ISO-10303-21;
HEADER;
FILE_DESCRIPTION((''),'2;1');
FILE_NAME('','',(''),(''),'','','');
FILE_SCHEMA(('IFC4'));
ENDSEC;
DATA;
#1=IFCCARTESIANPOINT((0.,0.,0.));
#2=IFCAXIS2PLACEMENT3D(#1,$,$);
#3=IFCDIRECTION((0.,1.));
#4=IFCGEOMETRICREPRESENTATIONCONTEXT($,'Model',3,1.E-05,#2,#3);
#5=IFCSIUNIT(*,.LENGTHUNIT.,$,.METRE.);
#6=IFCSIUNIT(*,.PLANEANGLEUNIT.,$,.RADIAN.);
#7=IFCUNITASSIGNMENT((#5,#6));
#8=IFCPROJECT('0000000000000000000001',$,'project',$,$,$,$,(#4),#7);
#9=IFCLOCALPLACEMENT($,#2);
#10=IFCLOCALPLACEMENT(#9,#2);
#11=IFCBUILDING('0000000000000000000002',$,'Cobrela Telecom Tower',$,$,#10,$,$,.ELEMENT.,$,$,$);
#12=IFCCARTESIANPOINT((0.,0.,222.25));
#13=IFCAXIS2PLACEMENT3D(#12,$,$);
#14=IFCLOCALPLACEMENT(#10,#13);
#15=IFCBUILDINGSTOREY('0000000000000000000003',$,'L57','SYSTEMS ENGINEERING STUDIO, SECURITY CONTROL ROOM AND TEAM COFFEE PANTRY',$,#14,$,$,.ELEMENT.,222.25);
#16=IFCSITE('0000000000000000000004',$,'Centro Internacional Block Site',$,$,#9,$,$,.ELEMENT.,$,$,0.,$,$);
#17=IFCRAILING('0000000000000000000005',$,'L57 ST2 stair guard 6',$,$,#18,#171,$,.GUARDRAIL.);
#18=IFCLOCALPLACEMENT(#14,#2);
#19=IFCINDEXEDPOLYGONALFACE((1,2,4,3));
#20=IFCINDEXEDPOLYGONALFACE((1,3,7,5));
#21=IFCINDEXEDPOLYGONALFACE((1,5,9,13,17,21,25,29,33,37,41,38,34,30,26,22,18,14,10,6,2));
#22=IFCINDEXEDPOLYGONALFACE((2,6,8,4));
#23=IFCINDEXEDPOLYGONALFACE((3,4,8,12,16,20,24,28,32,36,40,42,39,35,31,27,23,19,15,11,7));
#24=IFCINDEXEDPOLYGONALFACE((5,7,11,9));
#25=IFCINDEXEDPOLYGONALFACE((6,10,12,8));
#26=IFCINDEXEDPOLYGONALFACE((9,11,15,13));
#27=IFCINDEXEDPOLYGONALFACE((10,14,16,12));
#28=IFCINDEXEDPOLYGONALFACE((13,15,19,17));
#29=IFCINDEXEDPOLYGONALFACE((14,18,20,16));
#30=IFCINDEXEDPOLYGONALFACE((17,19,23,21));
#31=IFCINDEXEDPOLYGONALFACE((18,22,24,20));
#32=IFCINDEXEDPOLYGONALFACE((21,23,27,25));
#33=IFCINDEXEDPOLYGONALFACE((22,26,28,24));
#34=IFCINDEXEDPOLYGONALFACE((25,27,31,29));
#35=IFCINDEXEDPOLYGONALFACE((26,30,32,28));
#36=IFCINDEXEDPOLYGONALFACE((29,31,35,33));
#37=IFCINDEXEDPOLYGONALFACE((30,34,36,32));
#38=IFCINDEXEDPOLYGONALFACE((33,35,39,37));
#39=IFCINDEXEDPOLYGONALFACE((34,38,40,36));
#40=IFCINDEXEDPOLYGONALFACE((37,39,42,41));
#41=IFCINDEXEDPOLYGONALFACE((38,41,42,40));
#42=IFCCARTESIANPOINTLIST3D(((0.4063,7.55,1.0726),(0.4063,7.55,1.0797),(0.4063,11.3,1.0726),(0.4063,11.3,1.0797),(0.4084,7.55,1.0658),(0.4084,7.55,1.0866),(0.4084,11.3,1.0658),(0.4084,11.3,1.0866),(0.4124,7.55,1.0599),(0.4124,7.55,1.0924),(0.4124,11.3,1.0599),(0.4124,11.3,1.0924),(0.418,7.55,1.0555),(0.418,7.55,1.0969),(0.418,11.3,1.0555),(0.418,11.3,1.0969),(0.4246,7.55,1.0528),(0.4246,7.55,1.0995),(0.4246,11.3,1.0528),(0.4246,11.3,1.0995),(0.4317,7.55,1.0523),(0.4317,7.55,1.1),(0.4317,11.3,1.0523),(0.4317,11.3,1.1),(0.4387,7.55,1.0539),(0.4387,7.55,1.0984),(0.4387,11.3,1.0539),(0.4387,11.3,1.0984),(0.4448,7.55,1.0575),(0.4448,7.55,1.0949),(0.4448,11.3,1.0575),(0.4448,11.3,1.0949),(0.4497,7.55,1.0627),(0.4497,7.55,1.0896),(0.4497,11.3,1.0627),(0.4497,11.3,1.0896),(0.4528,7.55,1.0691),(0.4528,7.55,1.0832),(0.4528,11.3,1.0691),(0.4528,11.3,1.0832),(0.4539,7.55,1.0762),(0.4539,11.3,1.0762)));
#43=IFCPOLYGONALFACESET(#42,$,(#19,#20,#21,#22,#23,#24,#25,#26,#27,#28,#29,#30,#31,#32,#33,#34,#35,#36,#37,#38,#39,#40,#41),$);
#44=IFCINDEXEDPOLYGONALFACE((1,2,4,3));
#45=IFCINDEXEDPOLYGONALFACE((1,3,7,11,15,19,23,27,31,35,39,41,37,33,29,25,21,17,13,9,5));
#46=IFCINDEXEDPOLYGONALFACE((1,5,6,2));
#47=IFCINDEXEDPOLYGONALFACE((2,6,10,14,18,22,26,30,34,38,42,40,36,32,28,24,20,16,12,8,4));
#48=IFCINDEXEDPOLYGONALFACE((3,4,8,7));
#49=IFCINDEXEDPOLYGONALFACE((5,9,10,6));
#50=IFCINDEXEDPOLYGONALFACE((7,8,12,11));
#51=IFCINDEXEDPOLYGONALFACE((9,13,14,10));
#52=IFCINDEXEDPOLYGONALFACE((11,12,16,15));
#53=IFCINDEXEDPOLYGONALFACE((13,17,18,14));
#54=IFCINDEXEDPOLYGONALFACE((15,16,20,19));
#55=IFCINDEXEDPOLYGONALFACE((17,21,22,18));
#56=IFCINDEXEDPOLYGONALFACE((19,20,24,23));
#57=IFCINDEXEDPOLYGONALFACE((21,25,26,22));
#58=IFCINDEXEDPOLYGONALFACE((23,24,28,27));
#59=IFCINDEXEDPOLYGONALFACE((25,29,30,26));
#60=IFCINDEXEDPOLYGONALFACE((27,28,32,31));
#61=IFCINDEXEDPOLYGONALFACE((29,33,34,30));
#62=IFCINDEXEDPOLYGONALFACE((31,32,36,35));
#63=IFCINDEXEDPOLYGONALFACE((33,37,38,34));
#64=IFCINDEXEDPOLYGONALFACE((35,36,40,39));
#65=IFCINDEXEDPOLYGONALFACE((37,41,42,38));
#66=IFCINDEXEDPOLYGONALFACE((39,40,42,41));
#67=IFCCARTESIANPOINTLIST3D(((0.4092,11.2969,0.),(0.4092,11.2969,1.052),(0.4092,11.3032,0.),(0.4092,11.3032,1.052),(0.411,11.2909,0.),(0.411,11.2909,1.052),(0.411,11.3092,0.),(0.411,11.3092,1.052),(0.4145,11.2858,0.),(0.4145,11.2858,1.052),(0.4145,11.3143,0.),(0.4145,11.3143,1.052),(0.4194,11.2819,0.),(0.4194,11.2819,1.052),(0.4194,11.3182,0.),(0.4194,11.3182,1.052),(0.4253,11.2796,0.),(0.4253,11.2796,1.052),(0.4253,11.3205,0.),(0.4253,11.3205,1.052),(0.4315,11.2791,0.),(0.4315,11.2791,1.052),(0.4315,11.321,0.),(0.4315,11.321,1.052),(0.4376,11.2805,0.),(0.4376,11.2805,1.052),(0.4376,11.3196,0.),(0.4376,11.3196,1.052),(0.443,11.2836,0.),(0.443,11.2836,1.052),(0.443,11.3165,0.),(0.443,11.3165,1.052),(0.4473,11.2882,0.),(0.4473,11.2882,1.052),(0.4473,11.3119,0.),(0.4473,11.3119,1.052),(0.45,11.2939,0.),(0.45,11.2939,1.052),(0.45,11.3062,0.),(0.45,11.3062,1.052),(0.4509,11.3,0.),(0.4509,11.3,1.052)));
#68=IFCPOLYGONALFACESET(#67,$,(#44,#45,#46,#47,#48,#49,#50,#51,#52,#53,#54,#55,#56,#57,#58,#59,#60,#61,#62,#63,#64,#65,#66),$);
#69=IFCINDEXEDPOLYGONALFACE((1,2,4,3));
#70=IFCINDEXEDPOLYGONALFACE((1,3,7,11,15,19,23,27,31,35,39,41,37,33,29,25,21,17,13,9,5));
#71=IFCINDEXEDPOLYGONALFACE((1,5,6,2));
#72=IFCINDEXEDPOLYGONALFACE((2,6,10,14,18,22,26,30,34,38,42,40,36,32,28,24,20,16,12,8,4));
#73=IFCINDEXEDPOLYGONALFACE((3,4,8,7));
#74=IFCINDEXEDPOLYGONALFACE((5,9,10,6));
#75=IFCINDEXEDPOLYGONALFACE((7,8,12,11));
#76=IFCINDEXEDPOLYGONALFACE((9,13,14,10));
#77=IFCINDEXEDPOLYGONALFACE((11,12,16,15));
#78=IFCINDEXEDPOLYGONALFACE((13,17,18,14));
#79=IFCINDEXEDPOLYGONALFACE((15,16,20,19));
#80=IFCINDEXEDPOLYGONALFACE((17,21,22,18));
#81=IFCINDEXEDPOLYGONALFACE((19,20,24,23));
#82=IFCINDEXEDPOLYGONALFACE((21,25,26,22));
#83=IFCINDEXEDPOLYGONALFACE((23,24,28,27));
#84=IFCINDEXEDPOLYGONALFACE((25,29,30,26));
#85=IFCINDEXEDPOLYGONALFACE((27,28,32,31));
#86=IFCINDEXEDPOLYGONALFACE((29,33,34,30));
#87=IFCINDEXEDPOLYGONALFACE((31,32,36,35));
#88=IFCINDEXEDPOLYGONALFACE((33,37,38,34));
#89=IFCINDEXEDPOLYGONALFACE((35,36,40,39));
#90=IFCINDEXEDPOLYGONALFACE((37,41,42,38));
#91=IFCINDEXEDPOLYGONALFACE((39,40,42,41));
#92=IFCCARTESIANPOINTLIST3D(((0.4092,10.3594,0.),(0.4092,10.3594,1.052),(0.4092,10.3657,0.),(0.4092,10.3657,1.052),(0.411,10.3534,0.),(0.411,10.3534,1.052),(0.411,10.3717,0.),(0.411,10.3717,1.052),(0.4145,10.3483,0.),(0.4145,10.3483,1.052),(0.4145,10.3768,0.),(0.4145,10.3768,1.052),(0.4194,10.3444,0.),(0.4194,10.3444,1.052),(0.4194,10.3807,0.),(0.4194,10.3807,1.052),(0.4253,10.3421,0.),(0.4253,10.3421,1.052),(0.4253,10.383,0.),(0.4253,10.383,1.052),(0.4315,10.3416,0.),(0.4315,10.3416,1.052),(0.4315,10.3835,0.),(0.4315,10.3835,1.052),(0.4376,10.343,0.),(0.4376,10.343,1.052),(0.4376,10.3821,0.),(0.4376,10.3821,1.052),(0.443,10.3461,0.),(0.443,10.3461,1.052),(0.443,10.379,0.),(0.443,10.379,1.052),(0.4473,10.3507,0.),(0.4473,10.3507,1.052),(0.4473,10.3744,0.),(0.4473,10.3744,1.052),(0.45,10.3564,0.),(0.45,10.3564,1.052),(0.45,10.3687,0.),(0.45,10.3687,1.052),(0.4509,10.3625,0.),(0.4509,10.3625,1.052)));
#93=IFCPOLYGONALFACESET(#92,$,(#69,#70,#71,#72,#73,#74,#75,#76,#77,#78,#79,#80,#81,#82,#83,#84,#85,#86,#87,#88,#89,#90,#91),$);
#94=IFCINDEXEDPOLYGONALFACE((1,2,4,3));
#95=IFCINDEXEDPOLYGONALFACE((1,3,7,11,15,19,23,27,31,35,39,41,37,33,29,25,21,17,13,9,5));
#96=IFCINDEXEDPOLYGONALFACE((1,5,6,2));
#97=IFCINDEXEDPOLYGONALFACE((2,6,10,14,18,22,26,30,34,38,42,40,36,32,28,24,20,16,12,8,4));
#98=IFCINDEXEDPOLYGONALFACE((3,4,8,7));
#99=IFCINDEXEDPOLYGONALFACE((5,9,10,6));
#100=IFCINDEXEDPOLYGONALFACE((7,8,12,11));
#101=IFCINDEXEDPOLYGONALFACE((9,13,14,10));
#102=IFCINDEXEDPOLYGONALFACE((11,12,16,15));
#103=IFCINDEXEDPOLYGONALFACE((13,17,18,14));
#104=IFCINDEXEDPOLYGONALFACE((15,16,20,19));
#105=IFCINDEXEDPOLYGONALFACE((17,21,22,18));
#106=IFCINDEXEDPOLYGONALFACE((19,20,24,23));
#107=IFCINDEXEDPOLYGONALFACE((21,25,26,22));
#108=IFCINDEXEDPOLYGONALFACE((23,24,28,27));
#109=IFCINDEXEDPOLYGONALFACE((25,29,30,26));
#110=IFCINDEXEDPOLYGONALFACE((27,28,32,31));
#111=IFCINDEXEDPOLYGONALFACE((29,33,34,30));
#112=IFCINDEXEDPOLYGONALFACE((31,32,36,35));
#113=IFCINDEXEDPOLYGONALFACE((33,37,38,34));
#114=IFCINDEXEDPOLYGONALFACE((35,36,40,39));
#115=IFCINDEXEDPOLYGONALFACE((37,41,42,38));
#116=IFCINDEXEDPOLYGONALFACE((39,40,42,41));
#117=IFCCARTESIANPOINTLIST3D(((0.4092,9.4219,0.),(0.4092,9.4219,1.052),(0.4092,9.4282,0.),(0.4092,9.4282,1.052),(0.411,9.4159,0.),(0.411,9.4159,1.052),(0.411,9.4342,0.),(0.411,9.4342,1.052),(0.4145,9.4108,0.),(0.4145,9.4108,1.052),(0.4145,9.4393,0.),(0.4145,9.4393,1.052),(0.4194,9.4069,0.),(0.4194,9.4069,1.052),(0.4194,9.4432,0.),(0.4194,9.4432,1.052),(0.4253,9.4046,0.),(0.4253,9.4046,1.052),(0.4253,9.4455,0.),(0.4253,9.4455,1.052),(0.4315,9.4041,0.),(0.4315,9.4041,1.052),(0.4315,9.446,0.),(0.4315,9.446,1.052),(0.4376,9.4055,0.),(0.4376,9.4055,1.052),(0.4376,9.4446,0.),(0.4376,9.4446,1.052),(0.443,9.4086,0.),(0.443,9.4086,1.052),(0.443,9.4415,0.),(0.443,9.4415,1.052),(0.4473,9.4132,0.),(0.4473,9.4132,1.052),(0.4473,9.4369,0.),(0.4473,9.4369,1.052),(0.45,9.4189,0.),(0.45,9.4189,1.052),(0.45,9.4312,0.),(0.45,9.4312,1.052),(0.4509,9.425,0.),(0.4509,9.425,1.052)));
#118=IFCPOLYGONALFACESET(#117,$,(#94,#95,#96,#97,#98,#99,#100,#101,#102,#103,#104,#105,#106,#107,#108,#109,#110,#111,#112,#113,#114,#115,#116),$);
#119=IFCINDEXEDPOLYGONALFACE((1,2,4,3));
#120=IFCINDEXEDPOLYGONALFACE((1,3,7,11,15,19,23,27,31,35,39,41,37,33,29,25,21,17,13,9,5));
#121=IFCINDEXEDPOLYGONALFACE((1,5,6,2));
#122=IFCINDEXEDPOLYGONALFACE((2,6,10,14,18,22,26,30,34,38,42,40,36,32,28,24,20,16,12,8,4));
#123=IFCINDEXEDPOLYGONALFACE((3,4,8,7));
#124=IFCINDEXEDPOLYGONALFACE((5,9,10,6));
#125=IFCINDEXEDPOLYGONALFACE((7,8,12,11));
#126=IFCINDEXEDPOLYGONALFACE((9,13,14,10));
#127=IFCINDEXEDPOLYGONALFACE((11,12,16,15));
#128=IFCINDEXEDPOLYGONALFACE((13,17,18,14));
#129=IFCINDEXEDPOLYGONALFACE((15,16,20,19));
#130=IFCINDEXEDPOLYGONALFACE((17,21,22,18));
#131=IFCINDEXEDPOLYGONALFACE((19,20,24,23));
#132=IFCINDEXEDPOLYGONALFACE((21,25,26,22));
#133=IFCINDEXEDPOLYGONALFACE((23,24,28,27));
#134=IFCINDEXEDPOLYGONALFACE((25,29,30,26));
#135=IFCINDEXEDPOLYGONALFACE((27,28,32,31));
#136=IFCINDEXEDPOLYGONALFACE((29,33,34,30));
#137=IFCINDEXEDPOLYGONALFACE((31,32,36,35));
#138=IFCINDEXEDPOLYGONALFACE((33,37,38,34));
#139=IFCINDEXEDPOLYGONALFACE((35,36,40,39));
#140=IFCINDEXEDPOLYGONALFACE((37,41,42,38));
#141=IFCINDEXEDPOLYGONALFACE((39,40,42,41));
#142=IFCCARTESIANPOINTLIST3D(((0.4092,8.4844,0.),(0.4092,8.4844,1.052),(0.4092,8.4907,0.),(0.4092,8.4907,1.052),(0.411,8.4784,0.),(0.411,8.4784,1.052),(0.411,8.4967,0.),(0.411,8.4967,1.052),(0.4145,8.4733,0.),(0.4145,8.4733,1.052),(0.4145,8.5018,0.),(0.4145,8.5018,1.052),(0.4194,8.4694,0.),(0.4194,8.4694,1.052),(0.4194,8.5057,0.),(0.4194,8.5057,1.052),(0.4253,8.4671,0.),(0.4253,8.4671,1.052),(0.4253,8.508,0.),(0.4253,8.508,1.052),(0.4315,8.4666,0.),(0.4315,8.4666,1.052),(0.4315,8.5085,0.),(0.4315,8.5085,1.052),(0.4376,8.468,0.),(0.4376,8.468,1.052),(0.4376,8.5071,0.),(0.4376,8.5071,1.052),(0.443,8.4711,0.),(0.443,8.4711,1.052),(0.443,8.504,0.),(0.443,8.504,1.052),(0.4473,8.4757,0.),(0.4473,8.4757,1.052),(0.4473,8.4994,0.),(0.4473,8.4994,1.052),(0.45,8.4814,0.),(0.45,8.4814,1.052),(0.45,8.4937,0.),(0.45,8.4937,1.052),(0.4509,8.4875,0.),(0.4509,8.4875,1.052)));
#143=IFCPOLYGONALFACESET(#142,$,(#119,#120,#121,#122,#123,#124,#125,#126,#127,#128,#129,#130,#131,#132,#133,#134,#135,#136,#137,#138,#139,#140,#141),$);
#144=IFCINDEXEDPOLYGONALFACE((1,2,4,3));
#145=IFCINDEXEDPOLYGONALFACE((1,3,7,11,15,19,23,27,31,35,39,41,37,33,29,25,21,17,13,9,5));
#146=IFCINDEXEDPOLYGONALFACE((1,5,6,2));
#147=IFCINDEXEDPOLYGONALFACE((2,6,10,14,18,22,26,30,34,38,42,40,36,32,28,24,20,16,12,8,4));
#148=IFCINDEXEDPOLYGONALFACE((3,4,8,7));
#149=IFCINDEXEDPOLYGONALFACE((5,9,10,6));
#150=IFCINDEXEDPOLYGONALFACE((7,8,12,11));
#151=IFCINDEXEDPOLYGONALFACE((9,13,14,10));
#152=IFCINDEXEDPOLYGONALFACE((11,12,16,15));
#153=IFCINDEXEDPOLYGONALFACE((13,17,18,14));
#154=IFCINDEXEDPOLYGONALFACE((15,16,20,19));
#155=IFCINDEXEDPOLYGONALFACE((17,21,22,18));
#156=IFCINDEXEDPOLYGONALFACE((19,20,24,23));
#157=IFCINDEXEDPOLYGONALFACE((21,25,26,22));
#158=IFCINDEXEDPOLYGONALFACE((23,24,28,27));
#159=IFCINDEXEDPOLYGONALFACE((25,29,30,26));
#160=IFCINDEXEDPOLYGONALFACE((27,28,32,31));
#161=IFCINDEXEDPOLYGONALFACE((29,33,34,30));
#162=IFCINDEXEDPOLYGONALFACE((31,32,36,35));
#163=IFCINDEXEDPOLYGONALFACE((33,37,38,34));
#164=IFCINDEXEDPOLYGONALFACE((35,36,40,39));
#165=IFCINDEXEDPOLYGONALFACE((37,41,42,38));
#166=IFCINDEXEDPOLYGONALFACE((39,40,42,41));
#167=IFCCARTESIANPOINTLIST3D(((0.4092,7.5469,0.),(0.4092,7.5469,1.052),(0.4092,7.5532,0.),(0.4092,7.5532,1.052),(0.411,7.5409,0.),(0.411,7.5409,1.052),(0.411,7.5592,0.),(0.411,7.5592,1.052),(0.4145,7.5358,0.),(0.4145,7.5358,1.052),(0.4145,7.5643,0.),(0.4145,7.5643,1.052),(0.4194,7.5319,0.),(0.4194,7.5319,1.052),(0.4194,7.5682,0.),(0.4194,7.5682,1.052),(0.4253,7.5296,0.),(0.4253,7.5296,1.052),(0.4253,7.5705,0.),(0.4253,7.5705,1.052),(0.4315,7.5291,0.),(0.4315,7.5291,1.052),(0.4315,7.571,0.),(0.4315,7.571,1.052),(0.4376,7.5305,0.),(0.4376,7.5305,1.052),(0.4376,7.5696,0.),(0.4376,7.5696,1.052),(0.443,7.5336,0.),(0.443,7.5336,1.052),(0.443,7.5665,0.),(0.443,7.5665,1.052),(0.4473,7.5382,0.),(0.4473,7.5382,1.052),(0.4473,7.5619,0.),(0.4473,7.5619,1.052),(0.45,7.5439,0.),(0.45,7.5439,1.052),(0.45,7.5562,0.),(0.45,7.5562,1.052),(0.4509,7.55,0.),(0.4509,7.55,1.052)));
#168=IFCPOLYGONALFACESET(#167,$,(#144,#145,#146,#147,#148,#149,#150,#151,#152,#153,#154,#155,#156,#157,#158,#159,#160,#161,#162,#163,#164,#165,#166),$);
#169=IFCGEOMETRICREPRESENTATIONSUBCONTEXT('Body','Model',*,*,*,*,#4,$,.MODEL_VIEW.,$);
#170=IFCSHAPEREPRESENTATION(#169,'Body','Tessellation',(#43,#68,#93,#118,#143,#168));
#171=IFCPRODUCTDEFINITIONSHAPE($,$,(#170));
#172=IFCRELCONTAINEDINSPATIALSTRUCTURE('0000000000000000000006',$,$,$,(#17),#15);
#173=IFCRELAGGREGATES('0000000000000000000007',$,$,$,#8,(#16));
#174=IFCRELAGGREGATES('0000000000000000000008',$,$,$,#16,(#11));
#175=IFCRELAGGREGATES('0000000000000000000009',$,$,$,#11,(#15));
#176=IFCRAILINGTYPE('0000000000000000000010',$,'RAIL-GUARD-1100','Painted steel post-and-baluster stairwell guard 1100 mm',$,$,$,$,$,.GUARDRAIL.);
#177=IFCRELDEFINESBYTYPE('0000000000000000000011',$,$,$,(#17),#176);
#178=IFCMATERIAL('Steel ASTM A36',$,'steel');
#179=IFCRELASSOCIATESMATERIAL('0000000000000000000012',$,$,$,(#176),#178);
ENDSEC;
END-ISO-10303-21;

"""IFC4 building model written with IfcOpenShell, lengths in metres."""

from ifc_helpers import new_model, si_unit, direction, frame, origin, origin_2d, place, context, subcontext, project, spatial, circle, extrude, material, type_object, element, save


model = new_model("IFC4")

# Units and contexts
model_context = context("Model", 3, precision=1e-05, world=origin(), true_north=direction((0.0, 1.0)))
body_context = subcontext(model_context, "Body", "Model", "MODEL_VIEW")
ifc_project = project(units=[si_unit("LENGTHUNIT", "METRE"), si_unit("PLANEANGLEUNIT", "RADIAN")], contexts=[model_context])

# Site, building, storey
site_placement = place(None, origin())
site = spatial("IfcSite", under=ifc_project, at=site_placement, Name="Centro Internacional Block Site", CompositionType="ELEMENT", RefElevation=0.0)
building_placement = place(site_placement, origin())
building = spatial("IfcBuilding", under=site, at=building_placement, Name="Cobrela Telecom Tower", CompositionType="ELEMENT")
storey_placement = place(building_placement, frame((0.0, 0.0, 222.25)))
storey = spatial("IfcBuildingStorey", under=building, at=storey_placement, Name="L57", Description="SYSTEMS ENGINEERING STUDIO, SECURITY CONTROL ROOM AND TEAM COFFEE PANTRY", CompositionType="ELEMENT", Elevation=222.25)

# Shared definitions
ifc_material_1 = material(Name="Steel ASTM A36", Category="steel")

# Railing
railing_type = type_object("IfcRailingType", Name="RAIL-GUARD-1100", Description="Painted steel post-and-baluster stairwell guard 1100 mm", PredefinedType="GUARDRAIL", material=ifc_material_1)
railing_1_placement = place(storey_placement, frame((0.4299, 11.3, 0.0)))
element("IfcRailing", 1, at=railing_1_placement, inside=storey, type_object=railing_type, Name="L57 ST2 stair guard 6", PredefinedType="GUARDRAIL", context=body_context, shape_type="SweptSolid", body=[
    extrude(circle(Radius=0.0239, at=origin_2d()), frame((0.0, 0.0, 1.0762), z_axis=(0.0, -1.0, 0.0), x_axis=(1.0, 0.0, 0.0)), (0.0, 0.0, 1.0), 3.75),
    extrude(circle(Radius=0.021, at=origin_2d()), origin(), (0.0, 0.0, 1.0), 1.052),
    extrude(circle(Radius=0.021, at=origin_2d()), frame((0.0, -0.9375, 0.0)), (0.0, 0.0, 1.0), 1.052),
    extrude(circle(Radius=0.021, at=origin_2d()), frame((0.0, -1.875, 0.0)), (0.0, 0.0, 1.0), 1.052),
    extrude(circle(Radius=0.021, at=origin_2d()), frame((0.0, -2.8125, 0.0)), (0.0, 0.0, 1.0), 1.052),
    extrude(circle(Radius=0.021, at=origin_2d()), frame((0.0, -3.75, 0.0)), (0.0, 0.0, 1.0), 1.052),
])

save(model, "model.ifc")
